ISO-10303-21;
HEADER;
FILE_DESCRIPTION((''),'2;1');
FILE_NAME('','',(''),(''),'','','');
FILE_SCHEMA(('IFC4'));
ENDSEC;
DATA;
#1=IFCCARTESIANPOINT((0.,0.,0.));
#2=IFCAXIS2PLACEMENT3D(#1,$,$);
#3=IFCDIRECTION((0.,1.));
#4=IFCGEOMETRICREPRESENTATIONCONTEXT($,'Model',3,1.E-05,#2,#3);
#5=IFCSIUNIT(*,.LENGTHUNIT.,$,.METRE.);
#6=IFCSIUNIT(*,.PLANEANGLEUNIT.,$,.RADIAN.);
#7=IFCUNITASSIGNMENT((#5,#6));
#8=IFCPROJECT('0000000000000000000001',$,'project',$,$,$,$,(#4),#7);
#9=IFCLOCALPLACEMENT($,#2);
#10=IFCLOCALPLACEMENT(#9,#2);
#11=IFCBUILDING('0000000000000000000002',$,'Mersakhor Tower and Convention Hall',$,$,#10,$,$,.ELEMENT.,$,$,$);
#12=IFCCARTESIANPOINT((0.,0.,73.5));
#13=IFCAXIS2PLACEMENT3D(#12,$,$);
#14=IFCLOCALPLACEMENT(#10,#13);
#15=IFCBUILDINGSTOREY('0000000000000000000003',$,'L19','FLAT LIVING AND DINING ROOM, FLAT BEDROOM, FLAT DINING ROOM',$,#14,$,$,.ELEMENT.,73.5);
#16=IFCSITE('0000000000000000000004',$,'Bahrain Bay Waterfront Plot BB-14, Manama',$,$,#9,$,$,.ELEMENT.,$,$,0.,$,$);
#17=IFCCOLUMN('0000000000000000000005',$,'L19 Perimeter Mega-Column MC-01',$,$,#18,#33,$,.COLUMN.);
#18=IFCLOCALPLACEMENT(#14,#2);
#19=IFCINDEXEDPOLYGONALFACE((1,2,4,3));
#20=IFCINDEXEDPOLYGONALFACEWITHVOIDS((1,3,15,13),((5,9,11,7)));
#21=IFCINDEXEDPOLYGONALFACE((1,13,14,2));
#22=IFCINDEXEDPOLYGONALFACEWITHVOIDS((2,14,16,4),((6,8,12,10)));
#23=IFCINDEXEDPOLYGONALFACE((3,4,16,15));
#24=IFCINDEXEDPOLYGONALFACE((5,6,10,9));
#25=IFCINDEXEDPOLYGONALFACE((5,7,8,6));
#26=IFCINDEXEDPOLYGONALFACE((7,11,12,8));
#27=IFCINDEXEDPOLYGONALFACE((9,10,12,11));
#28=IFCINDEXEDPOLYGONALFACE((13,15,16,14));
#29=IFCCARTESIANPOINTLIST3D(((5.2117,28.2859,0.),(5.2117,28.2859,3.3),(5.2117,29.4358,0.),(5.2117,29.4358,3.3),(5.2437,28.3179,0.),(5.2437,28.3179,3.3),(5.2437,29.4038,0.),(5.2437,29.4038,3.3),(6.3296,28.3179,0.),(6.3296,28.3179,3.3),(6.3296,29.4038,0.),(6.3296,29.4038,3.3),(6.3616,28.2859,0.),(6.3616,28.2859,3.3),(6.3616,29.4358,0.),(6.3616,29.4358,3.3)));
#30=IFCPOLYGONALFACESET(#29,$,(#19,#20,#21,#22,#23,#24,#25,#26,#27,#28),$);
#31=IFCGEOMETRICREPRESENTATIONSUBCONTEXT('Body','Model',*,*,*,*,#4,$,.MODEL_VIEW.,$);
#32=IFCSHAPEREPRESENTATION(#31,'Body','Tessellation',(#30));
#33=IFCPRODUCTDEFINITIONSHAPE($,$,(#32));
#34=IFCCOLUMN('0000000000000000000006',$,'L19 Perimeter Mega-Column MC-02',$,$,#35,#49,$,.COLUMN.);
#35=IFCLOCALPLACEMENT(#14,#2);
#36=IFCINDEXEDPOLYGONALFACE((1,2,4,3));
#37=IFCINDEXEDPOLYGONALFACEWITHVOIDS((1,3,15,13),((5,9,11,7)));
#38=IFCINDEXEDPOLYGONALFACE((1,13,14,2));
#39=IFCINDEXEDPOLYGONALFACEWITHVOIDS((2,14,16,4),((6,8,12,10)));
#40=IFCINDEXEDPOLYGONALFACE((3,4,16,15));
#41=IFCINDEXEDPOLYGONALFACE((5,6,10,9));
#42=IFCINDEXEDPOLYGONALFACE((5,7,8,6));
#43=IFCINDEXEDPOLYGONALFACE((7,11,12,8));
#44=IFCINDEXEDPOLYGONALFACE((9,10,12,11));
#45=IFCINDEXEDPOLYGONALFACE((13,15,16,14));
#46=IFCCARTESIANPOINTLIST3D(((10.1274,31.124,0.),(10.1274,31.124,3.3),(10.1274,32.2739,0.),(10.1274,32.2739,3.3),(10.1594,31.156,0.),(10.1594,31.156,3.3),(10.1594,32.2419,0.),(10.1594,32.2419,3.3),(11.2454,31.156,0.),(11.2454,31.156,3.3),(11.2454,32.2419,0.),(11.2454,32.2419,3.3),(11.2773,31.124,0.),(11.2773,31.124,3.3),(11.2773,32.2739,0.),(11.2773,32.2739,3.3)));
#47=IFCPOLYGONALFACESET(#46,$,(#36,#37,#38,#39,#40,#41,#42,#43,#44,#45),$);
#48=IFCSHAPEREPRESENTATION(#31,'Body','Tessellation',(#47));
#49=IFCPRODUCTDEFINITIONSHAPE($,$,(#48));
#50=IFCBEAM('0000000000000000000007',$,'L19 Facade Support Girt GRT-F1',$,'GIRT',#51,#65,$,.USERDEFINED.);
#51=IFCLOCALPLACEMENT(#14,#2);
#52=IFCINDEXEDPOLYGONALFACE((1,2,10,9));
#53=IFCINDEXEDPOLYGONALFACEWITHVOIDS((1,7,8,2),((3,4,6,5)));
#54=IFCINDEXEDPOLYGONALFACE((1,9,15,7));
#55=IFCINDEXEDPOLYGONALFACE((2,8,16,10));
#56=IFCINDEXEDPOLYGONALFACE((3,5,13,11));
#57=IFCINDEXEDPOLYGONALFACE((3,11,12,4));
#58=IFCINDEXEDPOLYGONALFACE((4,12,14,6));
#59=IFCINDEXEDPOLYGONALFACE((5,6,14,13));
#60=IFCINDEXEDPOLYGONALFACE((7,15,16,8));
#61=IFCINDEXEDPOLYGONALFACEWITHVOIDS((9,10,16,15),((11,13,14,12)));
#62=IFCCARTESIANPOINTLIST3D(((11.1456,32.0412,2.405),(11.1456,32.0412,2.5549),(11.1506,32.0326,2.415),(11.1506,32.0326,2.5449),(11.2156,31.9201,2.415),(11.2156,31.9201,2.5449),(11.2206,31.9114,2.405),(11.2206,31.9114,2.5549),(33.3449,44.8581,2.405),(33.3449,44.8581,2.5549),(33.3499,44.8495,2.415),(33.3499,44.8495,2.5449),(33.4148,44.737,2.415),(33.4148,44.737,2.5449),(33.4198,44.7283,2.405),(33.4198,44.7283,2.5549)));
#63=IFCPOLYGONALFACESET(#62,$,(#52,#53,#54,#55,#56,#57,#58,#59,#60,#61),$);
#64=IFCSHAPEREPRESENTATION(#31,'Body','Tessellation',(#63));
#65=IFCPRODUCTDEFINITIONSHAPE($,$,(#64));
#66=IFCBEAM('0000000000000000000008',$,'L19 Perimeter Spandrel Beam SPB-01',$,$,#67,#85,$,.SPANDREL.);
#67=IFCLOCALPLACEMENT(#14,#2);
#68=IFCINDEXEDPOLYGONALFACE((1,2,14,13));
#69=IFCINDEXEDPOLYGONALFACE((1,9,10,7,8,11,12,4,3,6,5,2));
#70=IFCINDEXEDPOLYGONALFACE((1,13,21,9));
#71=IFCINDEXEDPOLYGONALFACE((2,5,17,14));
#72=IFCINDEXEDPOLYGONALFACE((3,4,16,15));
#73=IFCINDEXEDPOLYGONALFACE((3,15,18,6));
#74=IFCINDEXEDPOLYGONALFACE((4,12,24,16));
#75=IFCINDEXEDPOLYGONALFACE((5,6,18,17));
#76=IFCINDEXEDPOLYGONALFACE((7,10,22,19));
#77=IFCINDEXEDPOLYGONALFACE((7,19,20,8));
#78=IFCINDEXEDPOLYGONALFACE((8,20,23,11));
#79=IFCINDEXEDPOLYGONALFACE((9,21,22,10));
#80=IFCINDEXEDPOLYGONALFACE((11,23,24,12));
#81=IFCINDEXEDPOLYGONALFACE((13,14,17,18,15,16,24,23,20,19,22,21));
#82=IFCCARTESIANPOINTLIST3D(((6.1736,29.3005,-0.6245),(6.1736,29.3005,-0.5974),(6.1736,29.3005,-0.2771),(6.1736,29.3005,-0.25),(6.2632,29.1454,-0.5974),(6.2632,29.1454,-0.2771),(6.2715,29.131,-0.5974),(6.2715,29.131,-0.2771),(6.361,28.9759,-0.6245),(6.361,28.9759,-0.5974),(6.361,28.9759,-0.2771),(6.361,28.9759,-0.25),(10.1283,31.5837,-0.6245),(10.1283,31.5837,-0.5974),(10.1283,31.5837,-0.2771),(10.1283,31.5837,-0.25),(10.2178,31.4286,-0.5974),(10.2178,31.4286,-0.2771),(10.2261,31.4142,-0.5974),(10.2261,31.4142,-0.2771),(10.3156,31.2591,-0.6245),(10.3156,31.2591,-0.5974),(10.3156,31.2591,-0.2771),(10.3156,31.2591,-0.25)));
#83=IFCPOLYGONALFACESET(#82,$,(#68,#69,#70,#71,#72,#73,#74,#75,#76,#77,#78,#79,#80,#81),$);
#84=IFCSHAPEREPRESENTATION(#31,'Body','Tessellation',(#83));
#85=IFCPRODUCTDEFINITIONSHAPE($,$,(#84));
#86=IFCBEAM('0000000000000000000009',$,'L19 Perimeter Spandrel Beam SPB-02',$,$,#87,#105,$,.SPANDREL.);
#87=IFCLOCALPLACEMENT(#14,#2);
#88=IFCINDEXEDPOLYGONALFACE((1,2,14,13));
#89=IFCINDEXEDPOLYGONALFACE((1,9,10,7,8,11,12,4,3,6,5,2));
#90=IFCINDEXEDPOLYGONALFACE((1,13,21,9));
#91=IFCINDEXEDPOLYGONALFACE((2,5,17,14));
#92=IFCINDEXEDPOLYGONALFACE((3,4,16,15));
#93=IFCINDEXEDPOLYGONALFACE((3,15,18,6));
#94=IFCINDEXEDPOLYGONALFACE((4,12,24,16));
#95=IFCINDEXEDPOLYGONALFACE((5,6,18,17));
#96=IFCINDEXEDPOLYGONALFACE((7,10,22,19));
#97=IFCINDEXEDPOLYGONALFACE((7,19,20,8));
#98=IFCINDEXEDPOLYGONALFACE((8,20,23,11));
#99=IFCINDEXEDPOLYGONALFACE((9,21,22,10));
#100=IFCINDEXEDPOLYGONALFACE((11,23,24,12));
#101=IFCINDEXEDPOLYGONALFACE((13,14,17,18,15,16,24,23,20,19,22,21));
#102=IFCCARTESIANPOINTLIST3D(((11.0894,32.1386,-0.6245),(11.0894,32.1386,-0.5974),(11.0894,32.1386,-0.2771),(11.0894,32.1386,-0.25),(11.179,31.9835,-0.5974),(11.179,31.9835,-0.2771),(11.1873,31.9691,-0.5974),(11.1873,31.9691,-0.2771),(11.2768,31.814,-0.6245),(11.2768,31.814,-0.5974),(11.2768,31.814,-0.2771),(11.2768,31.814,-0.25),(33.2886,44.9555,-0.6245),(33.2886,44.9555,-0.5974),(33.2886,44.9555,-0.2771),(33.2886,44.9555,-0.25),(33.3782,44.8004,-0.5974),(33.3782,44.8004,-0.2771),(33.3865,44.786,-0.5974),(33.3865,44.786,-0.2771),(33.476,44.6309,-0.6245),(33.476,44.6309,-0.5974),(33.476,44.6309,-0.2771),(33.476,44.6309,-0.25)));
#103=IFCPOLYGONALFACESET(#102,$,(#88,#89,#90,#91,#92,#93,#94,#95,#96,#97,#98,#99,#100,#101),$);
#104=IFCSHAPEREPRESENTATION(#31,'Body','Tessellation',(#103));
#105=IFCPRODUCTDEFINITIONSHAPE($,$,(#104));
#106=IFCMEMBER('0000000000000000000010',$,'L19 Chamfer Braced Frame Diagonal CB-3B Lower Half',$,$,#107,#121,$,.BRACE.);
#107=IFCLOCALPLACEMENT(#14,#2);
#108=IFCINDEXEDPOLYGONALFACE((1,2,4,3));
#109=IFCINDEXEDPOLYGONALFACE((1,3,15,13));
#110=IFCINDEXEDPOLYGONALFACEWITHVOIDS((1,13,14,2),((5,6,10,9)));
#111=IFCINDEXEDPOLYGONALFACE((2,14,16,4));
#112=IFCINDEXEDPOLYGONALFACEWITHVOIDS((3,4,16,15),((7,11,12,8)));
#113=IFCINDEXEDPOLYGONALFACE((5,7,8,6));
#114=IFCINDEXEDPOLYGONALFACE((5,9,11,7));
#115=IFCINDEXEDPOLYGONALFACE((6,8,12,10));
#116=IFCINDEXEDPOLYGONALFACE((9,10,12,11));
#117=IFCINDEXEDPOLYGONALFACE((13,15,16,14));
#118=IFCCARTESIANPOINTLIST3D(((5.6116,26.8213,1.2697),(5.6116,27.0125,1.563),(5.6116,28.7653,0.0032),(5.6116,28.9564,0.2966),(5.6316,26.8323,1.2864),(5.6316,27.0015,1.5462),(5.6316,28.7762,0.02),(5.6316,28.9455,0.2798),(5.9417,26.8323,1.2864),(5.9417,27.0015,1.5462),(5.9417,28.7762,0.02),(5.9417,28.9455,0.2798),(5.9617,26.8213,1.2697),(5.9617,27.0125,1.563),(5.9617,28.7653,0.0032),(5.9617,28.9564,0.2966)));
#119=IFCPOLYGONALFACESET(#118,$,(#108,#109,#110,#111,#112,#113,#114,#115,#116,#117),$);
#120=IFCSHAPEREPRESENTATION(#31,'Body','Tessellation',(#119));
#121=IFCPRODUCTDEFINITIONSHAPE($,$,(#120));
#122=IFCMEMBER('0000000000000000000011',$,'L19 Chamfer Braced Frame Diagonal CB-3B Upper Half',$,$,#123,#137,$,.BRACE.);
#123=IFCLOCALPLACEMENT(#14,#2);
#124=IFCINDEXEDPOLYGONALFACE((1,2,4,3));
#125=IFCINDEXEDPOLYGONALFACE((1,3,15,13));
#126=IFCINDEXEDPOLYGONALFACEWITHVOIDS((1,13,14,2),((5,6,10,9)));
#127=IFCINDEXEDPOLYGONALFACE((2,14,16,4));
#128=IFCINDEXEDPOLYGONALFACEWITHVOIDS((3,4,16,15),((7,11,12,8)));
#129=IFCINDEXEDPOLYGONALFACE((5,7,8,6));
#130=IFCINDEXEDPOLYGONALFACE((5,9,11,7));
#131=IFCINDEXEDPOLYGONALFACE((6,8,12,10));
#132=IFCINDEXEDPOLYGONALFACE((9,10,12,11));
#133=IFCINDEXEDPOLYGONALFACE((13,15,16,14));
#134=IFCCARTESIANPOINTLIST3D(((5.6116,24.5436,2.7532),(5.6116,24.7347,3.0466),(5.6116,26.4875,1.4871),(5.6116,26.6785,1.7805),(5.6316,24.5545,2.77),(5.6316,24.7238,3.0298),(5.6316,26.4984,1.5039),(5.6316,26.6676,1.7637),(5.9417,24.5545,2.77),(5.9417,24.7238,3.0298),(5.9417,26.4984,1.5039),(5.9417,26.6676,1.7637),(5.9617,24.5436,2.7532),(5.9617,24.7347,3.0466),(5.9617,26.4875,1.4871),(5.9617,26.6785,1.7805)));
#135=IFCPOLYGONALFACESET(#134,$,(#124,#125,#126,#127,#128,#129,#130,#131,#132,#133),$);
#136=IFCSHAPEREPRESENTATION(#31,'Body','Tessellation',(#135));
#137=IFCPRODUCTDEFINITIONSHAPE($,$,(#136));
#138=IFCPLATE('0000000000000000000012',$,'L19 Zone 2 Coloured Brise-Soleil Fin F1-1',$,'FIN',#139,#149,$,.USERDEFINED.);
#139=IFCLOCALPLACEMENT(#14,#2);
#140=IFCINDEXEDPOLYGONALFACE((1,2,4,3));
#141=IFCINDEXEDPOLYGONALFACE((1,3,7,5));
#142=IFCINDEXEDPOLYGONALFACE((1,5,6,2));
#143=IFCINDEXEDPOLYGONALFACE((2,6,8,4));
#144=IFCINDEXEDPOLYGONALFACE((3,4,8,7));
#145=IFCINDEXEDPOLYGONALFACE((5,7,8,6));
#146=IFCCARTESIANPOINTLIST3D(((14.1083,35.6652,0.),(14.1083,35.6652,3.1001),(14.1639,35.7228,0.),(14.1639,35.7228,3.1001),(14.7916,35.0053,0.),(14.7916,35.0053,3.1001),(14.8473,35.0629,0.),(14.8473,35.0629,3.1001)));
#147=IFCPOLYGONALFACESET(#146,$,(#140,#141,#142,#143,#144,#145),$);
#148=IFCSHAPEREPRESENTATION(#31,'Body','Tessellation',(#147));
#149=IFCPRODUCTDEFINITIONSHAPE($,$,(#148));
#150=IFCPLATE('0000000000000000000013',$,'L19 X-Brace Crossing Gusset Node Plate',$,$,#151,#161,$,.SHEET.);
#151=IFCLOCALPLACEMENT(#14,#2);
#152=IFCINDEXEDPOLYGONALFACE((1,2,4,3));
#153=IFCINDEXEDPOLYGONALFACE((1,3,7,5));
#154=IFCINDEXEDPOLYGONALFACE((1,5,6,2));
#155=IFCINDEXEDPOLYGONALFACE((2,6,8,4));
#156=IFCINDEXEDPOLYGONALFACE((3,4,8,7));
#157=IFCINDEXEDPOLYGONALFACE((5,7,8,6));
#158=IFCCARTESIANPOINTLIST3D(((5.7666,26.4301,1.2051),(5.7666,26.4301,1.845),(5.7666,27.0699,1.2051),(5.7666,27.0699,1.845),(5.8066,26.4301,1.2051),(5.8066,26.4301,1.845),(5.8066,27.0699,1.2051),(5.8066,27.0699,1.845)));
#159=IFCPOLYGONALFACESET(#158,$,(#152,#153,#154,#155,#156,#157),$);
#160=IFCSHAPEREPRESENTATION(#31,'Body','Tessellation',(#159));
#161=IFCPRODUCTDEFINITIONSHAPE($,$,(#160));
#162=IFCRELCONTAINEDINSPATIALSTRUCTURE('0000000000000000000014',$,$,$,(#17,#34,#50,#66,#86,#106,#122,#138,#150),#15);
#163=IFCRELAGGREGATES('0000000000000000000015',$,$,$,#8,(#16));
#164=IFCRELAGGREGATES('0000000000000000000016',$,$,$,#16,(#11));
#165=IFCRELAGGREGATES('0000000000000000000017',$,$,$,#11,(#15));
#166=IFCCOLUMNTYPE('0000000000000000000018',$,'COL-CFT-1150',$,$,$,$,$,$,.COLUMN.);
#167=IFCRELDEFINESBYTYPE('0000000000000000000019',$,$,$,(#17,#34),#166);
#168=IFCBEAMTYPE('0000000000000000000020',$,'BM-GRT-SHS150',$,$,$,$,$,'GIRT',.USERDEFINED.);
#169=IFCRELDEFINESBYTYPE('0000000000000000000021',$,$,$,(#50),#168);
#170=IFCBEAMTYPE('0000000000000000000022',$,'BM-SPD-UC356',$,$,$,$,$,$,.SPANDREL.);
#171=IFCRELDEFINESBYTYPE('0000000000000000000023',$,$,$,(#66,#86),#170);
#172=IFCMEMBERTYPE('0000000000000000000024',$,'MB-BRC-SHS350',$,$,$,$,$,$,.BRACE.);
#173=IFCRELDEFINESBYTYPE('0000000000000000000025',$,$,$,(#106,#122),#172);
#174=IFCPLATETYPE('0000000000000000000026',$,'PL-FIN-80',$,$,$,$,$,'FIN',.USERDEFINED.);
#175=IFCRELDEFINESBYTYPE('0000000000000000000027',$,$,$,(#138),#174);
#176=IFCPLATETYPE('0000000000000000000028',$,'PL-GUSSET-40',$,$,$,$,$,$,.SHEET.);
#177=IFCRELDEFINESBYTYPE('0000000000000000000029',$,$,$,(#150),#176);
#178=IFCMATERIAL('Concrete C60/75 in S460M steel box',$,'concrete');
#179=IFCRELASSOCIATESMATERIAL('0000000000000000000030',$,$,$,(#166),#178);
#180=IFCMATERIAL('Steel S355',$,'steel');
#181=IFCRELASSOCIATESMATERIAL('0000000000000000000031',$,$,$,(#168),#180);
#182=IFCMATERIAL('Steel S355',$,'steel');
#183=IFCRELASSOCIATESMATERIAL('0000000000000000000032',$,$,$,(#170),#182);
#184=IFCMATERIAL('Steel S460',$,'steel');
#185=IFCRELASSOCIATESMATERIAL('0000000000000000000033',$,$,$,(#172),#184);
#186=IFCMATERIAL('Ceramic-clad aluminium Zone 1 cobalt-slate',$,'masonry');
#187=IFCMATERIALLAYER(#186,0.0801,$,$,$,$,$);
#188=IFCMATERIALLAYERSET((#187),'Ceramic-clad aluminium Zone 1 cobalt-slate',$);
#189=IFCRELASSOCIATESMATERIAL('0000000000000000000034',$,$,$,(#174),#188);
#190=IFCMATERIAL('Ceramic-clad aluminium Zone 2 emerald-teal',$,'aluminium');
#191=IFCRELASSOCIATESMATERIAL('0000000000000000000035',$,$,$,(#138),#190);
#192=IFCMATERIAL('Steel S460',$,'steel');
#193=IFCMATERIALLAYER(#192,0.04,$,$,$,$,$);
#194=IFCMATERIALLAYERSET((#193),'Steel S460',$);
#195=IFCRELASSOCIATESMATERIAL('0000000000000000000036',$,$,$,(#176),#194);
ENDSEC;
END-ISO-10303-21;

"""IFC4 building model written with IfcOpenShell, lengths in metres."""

from ifc_helpers import new_model, si_unit, direction, frame, origin, origin_2d, place, context, subcontext, project, spatial, rectangle, hollow_rectangle, i_section, extrude, material, layer, layer_set, material_profile, profile_set, type_object, element, save


model = new_model("IFC4")

# Units and contexts
model_context = context("Model", 3, precision=1e-05, world=origin(), true_north=direction((0.0, 1.0)))
body_context = subcontext(model_context, "Body", "Model", "MODEL_VIEW")
ifc_project = project(units=[si_unit("LENGTHUNIT", "METRE"), si_unit("PLANEANGLEUNIT", "RADIAN")], contexts=[model_context])

# Site, building, storey
site_placement = place(None, origin())
site = spatial("IfcSite", under=ifc_project, at=site_placement, Name="Bahrain Bay Waterfront Plot BB-14, Manama", CompositionType="ELEMENT", RefElevation=0.0)
building_placement = place(site_placement, origin())
building = spatial("IfcBuilding", under=site, at=building_placement, Name="Mersakhor Tower and Convention Hall", CompositionType="ELEMENT")
storey_placement = place(building_placement, frame((0.0, 0.0, 73.5)))
storey = spatial("IfcBuildingStorey", under=building, at=storey_placement, Name="L19", Description="FLAT LIVING AND DINING ROOM, FLAT BEDROOM, FLAT DINING ROOM", CompositionType="ELEMENT", Elevation=73.5)

# Columns
ifc_material_1 = material(Name="Concrete C60/75 in S460M steel box", Category="concrete")
ifc_material_profile_1 = material_profile(ifc_material_1, hollow_rectangle(XDim=1.1499, YDim=1.1499, WallThickness=0.032, at=origin_2d()), Name="SHS 1150x1150x32")
ifc_profile_set_1 = profile_set([ifc_material_profile_1], Name="Concrete C60/75 in S460M steel box")
column_type = type_object("IfcColumnType", Name="COL-CFT-1150", PredefinedType="COLUMN", material=ifc_profile_set_1)
for number, where, z_axis, x_axis, name in (
    (1, (5.7866, 28.8608, 0.0), (0.0, 0.0, 1.0), (1.0, 0.0, 0.0), "L19 Perimeter Mega-Column MC-01"),
    (2, (10.7024, 31.699, 0.0), (0.0, 0.0, 1.0), (1.0, 0.0, 0.0), "L19 Perimeter Mega-Column MC-02"),
):
    element("IfcColumn", number, at=place(storey_placement, frame(where, z_axis=z_axis, x_axis=x_axis)), inside=storey, type_object=column_type, Name=name, PredefinedType="COLUMN", context=body_context, shape_type="SweptSolid", body=[
        extrude(hollow_rectangle(XDim=1.1499, YDim=1.1499, WallThickness=0.032, at=origin_2d()), origin(), (0.0, 0.0, 1.0), 3.3),
    ])

# Beams
ifc_material_2 = material(Name="Steel S355", Category="steel")
ifc_material_profile_2 = material_profile(ifc_material_2, hollow_rectangle(XDim=0.1499, YDim=0.1499, WallThickness=0.01, at=origin_2d()), Name="SHS 150x150x10")
ifc_profile_set_2 = profile_set([ifc_material_profile_2], Name="Steel S355")
beam_type_1 = type_object("IfcBeamType", Name="BM-GRT-SHS150", ElementType="GIRT", PredefinedType="USERDEFINED", material=ifc_profile_set_2)
beam_1_placement = place(storey_placement, frame((11.1831, 31.9763, 2.48), z_axis=(0.866023, 0.500005, 0.0), x_axis=(-0.500005, 0.866023, 0.0)))
element("IfcBeam", 3, at=beam_1_placement, inside=storey, type_object=beam_type_1, Name="L19 Facade Support Girt GRT-F1", ObjectType="GIRT", PredefinedType="USERDEFINED", context=body_context, shape_type="SweptSolid", body=[
    extrude(hollow_rectangle(XDim=0.1499, YDim=0.1499, WallThickness=0.01, at=origin_2d()), origin(), (0.0, 0.0, 1.0), 25.6335),
])
ifc_material_3 = material(Name="Steel S355", Category="steel")
ifc_material_profile_3 = material_profile(ifc_material_3, i_section(OverallWidth=0.3748, OverallDepth=0.3745, WebThickness=0.0166, FlangeThickness=0.0271, at=origin_2d()), Name="UC 356x368x202")
ifc_profile_set_3 = profile_set([ifc_material_profile_3], Name="Steel S355")
beam_type_2 = type_object("IfcBeamType", Name="BM-SPD-UC356", PredefinedType="SPANDREL", material=ifc_profile_set_3)
beam_2_placement = place(storey_placement, frame((6.2673, 29.1382, -0.4373), z_axis=(0.866024, 0.500003, 0.0), x_axis=(-0.500003, 0.866024, 0.0)))
element("IfcBeam", 4, at=beam_2_placement, inside=storey, type_object=beam_type_2, Name="L19 Perimeter Spandrel Beam SPB-01", PredefinedType="SPANDREL", context=body_context, shape_type="SweptSolid", body=[
    extrude(i_section(OverallWidth=0.3748, OverallDepth=0.3745, WebThickness=0.0166, FlangeThickness=0.0271, at=origin_2d()), origin(), (0.0, 0.0, 1.0), 4.5664),
])
beam_3_placement = place(storey_placement, frame((11.1831, 31.9763, -0.4373), z_axis=(0.866023, 0.500005, 0.0), x_axis=(-0.500005, 0.866023, 0.0)))
element("IfcBeam", 5, at=beam_3_placement, inside=storey, type_object=beam_type_2, Name="L19 Perimeter Spandrel Beam SPB-02", PredefinedType="SPANDREL", context=body_context, shape_type="SweptSolid", body=[
    extrude(i_section(OverallWidth=0.3748, OverallDepth=0.3745, WebThickness=0.0166, FlangeThickness=0.0271, at=origin_2d()), origin(), (0.0, 0.0, 1.0), 25.6335),
])

# Members
ifc_material_4 = material(Name="Steel S460", Category="steel")
ifc_material_profile_4 = material_profile(ifc_material_4, hollow_rectangle(XDim=0.3501, YDim=0.3501, WallThickness=0.02, at=origin_2d()), Name="SHS 350x350x20")
ifc_profile_set_4 = profile_set([ifc_material_profile_4], Name="Steel S460")
member_type = type_object("IfcMemberType", Name="MB-BRC-SHS350", PredefinedType="BRACE", material=ifc_profile_set_4)
member_1_placement = place(storey_placement, frame((5.7866, 28.8608, 0.1499), z_axis=(0.0, -0.837881, 0.545854), x_axis=(1.0, 0.0, 0.0)))
element("IfcMember", 6, at=member_1_placement, inside=storey, type_object=member_type, Name="L19 Chamfer Braced Frame Diagonal CB-3B Lower Half", PredefinedType="BRACE", context=body_context, shape_type="SweptSolid", body=[
    extrude(hollow_rectangle(XDim=0.3501, YDim=0.3501, WallThickness=0.02, at=origin_2d()), origin(), (0.0, 0.0, 1.0), 2.3201),
])
member_2_placement = place(storey_placement, frame((5.7866, 26.583, 1.6338), z_axis=(0.0, -0.837929, 0.54578), x_axis=(1.0, 0.0, 0.0)))
element("IfcMember", 7, at=member_2_placement, inside=storey, type_object=member_type, Name="L19 Chamfer Braced Frame Diagonal CB-3B Upper Half", PredefinedType="BRACE", context=body_context, shape_type="SweptSolid", body=[
    extrude(hollow_rectangle(XDim=0.3501, YDim=0.3501, WallThickness=0.02, at=origin_2d()), origin(), (0.0, 0.0, 1.0), 2.3198),
])

# Plates
ifc_material_5 = material(Name="Ceramic-clad aluminium Zone 2 emerald-teal", Category="aluminium")
ifc_material_6 = material(Name="Ceramic-clad aluminium Zone 1 cobalt-slate", Category="masonry")
ifc_layer_1 = layer(ifc_material_6, 0.0801)
ifc_layer_set_1 = layer_set([ifc_layer_1], Name="Ceramic-clad aluminium Zone 1 cobalt-slate")
plate_type_1 = type_object("IfcPlateType", Name="PL-FIN-80", ElementType="FIN", PredefinedType="USERDEFINED", material=ifc_layer_set_1)
plate_1_placement = place(storey_placement, frame((14.4778, 35.364, 0.0), z_axis=(0.0, 0.0, 1.0), x_axis=(-0.71934, 0.694658, 0.0)))
element("IfcPlate", 8, at=plate_1_placement, inside=storey, type_object=plate_type_1, material=ifc_material_5, Name="L19 Zone 2 Coloured Brise-Soleil Fin F1-1", ObjectType="FIN", PredefinedType="USERDEFINED", context=body_context, shape_type="SweptSolid", body=[
    extrude(rectangle(XDim=0.95, YDim=0.0801, at=origin_2d()), origin(), (0.0, 0.0, 1.0), 3.1001),
])
ifc_material_7 = material(Name="Steel S460", Category="steel")
ifc_layer_2 = layer(ifc_material_7, 0.04)
ifc_layer_set_2 = layer_set([ifc_layer_2], Name="Steel S460")
plate_type_2 = type_object("IfcPlateType", Name="PL-GUSSET-40", PredefinedType="SHEET", material=ifc_layer_set_2)
plate_2_placement = place(storey_placement, frame((5.7866, 26.75, 1.2051), z_axis=(0.0, 0.0, 1.0), x_axis=(0.0, -1.0, 0.0)))
element("IfcPlate", 9, at=plate_2_placement, inside=storey, type_object=plate_type_2, Name="L19 X-Brace Crossing Gusset Node Plate", PredefinedType="SHEET", context=body_context, shape_type="SweptSolid", body=[
    extrude(rectangle(XDim=0.6399, YDim=0.04, at=origin_2d()), origin(), (0.0, 0.0, 1.0), 0.6399),
])

save(model, "model.ifc")
